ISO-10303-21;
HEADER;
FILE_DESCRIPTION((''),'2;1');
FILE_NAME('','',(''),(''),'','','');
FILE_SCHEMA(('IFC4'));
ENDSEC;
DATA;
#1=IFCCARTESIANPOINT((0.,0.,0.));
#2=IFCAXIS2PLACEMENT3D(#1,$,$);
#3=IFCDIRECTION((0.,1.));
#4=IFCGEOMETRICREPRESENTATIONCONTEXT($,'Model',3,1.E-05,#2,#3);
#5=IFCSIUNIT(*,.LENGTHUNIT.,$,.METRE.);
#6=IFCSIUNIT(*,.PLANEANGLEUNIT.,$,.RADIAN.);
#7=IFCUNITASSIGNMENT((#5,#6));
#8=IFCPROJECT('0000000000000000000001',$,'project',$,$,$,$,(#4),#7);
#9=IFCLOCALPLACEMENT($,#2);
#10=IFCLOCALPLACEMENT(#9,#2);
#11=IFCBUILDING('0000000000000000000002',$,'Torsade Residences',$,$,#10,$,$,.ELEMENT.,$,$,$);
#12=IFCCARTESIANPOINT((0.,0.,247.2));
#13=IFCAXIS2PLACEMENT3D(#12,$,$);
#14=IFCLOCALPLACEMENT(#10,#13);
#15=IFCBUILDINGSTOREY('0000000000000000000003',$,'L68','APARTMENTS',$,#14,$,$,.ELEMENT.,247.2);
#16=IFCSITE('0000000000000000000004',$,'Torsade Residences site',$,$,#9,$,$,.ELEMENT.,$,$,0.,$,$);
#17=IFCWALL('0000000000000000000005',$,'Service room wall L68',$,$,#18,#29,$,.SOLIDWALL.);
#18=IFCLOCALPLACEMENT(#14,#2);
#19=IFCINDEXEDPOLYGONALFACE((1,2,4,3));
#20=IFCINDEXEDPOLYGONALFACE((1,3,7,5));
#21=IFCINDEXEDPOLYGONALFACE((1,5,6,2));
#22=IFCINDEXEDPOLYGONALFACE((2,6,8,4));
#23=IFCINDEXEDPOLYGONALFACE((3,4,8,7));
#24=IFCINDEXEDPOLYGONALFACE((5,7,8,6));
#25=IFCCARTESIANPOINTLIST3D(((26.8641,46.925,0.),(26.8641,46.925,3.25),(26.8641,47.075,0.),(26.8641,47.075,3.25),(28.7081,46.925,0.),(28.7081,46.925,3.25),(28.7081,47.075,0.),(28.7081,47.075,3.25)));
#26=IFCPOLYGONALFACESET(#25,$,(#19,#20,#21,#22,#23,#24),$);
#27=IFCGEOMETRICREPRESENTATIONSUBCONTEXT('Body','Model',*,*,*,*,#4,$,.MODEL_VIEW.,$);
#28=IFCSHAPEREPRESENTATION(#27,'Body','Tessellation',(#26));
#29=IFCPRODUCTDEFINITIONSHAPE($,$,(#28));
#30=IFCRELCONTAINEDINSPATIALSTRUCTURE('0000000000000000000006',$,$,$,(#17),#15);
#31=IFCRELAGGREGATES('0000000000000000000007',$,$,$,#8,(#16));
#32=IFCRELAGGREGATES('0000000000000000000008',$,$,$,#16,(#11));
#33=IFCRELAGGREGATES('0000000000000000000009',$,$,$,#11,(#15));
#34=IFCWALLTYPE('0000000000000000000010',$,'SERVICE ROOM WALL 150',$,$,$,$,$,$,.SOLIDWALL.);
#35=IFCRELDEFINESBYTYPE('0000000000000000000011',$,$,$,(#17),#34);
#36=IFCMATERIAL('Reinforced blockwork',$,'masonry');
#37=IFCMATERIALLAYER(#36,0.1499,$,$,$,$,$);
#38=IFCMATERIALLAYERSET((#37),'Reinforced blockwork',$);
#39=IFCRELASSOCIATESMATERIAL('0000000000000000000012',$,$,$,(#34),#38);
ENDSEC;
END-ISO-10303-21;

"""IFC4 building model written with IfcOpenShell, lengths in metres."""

from ifc_helpers import new_model, si_unit, direction, frame, frame_2d, origin, place, context, subcontext, project, spatial, rectangle, extrude, material, layer, layer_set, type_object, element, save


model = new_model("IFC4")

# Units and contexts
model_context = context("Model", 3, precision=1e-05, world=origin(), true_north=direction((0.0, 1.0)))
body_context = subcontext(model_context, "Body", "Model", "MODEL_VIEW")
ifc_project = project(units=[si_unit("LENGTHUNIT", "METRE"), si_unit("PLANEANGLEUNIT", "RADIAN")], contexts=[model_context])

# Site, building, storey
site_placement = place(None, origin())
site = spatial("IfcSite", under=ifc_project, at=site_placement, Name="Torsade Residences site", CompositionType="ELEMENT", RefElevation=0.0)
building_placement = place(site_placement, origin())
building = spatial("IfcBuilding", under=site, at=building_placement, Name="Torsade Residences", CompositionType="ELEMENT")
storey_placement = place(building_placement, frame((0.0, 0.0, 247.2)))
storey = spatial("IfcBuildingStorey", under=building, at=storey_placement, Name="L68", Description="APARTMENTS", CompositionType="ELEMENT", Elevation=247.2)

# Shared definitions
ifc_material_1 = material(Name="Reinforced blockwork", Category="masonry")
ifc_layer_1 = layer(ifc_material_1, 0.1499)
ifc_layer_set_1 = layer_set([ifc_layer_1], Name="Reinforced blockwork")
wall_type_1 = type_object("IfcWallType", Name="SERVICE ROOM WALL 150", PredefinedType="SOLIDWALL", material=ifc_layer_set_1)

# Wall
wall_1_placement = place(storey_placement, frame((26.8643, 47.0, 0.0), z_axis=(0.0, 0.0, 1.0), x_axis=(1.0, 0.0, 0.0)))
element("IfcWall", 1, at=wall_1_placement, inside=storey, type_object=wall_type_1, Name="Service room wall L68", PredefinedType="SOLIDWALL", context=body_context, shape_type="SweptSolid", body=[
    extrude(rectangle(XDim=1.844, YDim=0.1499, at=frame_2d((0.9219, 0.0))), origin(), (0.0, 0.0, 1.0), 3.25),
])

save(model, "model.ifc")
